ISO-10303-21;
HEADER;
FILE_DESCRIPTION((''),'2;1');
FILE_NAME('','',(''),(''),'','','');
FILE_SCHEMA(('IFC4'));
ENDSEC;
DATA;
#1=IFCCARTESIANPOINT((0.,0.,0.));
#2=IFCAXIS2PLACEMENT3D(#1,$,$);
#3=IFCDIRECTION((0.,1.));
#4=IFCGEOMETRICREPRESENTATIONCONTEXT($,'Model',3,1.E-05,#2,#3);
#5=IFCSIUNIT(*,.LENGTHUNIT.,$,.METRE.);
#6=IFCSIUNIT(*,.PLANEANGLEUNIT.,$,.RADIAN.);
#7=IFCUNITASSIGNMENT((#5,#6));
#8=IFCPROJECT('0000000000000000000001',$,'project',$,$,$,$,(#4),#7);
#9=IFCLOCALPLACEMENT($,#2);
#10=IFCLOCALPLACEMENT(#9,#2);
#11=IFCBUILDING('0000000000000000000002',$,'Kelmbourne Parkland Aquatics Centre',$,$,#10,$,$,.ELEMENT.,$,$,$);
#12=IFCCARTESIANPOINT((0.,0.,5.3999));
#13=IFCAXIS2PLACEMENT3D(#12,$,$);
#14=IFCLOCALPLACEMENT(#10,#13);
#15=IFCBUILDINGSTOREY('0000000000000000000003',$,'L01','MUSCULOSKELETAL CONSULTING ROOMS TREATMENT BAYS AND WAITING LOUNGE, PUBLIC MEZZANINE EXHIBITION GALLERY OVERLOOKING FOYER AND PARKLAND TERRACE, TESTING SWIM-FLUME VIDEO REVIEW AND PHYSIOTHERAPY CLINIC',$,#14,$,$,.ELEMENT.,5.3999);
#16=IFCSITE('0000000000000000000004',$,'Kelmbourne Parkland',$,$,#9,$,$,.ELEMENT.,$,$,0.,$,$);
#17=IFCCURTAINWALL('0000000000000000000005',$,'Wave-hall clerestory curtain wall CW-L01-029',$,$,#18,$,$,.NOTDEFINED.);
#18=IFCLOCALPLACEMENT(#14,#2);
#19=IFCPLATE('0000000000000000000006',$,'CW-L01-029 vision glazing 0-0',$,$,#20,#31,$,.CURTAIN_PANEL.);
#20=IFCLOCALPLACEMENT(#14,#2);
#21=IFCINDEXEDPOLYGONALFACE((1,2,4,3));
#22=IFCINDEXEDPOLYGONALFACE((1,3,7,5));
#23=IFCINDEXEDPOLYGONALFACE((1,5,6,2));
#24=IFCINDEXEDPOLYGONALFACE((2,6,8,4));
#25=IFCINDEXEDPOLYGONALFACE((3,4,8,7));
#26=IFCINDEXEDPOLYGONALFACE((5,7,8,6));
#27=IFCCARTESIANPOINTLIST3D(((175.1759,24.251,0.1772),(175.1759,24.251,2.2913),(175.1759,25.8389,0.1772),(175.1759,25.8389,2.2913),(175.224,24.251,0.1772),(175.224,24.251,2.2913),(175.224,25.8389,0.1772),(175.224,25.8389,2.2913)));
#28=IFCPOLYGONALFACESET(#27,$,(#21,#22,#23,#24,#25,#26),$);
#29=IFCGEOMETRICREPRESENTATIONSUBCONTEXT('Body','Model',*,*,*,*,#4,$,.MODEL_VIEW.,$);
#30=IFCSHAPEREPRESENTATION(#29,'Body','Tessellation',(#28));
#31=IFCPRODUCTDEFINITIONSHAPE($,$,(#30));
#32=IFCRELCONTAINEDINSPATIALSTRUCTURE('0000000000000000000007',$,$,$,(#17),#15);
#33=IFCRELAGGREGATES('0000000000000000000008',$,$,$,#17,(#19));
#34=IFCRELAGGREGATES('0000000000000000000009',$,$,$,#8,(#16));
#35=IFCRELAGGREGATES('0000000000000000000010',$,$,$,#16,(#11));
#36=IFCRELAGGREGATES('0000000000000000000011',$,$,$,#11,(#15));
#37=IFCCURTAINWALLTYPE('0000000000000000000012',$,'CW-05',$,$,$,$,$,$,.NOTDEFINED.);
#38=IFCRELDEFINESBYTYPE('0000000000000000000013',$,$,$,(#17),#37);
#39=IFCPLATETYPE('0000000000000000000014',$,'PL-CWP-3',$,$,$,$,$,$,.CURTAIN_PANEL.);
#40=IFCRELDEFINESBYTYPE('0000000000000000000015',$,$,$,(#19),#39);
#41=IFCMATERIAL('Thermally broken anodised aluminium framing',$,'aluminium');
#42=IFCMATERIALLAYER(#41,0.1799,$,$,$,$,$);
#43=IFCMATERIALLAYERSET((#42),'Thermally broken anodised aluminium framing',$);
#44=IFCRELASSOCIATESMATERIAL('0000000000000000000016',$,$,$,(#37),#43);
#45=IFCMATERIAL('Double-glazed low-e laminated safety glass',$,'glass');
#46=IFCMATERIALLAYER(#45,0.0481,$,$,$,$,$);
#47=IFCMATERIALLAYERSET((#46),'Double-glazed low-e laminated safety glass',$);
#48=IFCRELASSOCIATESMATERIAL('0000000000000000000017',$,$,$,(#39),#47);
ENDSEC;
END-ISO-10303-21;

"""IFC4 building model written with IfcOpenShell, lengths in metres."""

from ifc_helpers import new_model, si_unit, direction, frame, origin, origin_2d, place, context, subcontext, project, spatial, rectangle, extrude, material, layer, layer_set, type_object, element, aggregate, save


model = new_model("IFC4")

# Units and contexts
model_context = context("Model", 3, precision=1e-05, world=origin(), true_north=direction((0.0, 1.0)))
body_context = subcontext(model_context, "Body", "Model", "MODEL_VIEW")
ifc_project = project(units=[si_unit("LENGTHUNIT", "METRE"), si_unit("PLANEANGLEUNIT", "RADIAN")], contexts=[model_context])

# Site, building, storey
site_placement = place(None, origin())
site = spatial("IfcSite", under=ifc_project, at=site_placement, Name="Kelmbourne Parkland", CompositionType="ELEMENT", RefElevation=0.0)
building_placement = place(site_placement, origin())
building = spatial("IfcBuilding", under=site, at=building_placement, Name="Kelmbourne Parkland Aquatics Centre", CompositionType="ELEMENT")
storey_placement = place(building_placement, frame((0.0, 0.0, 5.3999)))
storey = spatial("IfcBuildingStorey", under=building, at=storey_placement, Name="L01", Description="MUSCULOSKELETAL CONSULTING ROOMS TREATMENT BAYS AND WAITING LOUNGE, PUBLIC MEZZANINE EXHIBITION GALLERY OVERLOOKING FOYER AND PARKLAND TERRACE, TESTING SWIM-FLUME VIDEO REVIEW AND PHYSIOTHERAPY CLINIC", CompositionType="ELEMENT", Elevation=5.3999)

# Shared definitions
ifc_material_1 = material(Name="Thermally broken anodised aluminium framing", Category="aluminium")

# Curtain wall
ifc_layer_1 = layer(ifc_material_1, 0.1799)
ifc_layer_set_1 = layer_set([ifc_layer_1], Name="Thermally broken anodised aluminium framing")
curtain_wall_type_1 = type_object("IfcCurtainWallType", Name="CW-05", PredefinedType="NOTDEFINED", material=ifc_layer_set_1)
curtain_wall_1_placement = place(storey_placement, origin())
curtain_wall_1 = element("IfcCurtainWall", 1, at=curtain_wall_1_placement, inside=storey, type_object=curtain_wall_type_1, Name="Wave-hall clerestory curtain wall CW-L01-029", PredefinedType="NOTDEFINED")

# Plate
ifc_material_2 = material(Name="Double-glazed low-e laminated safety glass", Category="glass")
ifc_layer_2 = layer(ifc_material_2, 0.0481)
ifc_layer_set_2 = layer_set([ifc_layer_2], Name="Double-glazed low-e laminated safety glass")
plate_type_1 = type_object("IfcPlateType", Name="PL-CWP-3", PredefinedType="CURTAIN_PANEL", material=ifc_layer_set_2)
plate_1_placement = place(storey_placement, frame((175.2, 25.0449, 0.1772), z_axis=(0.0, 0.0, 1.0), x_axis=(0.0, 1.0, 0.0)))
plate_1 = element("IfcPlate", 2, at=plate_1_placement, type_object=plate_type_1, Name="CW-L01-029 vision glazing 0-0", PredefinedType="CURTAIN_PANEL", context=body_context, shape_type="SweptSolid", body=[
    extrude(rectangle(XDim=1.5879, YDim=0.0481, at=origin_2d()), origin(), (0.0, 0.0, 1.0), 2.114),
])
aggregate(curtain_wall_1, [plate_1])

save(model, "model.ifc")
